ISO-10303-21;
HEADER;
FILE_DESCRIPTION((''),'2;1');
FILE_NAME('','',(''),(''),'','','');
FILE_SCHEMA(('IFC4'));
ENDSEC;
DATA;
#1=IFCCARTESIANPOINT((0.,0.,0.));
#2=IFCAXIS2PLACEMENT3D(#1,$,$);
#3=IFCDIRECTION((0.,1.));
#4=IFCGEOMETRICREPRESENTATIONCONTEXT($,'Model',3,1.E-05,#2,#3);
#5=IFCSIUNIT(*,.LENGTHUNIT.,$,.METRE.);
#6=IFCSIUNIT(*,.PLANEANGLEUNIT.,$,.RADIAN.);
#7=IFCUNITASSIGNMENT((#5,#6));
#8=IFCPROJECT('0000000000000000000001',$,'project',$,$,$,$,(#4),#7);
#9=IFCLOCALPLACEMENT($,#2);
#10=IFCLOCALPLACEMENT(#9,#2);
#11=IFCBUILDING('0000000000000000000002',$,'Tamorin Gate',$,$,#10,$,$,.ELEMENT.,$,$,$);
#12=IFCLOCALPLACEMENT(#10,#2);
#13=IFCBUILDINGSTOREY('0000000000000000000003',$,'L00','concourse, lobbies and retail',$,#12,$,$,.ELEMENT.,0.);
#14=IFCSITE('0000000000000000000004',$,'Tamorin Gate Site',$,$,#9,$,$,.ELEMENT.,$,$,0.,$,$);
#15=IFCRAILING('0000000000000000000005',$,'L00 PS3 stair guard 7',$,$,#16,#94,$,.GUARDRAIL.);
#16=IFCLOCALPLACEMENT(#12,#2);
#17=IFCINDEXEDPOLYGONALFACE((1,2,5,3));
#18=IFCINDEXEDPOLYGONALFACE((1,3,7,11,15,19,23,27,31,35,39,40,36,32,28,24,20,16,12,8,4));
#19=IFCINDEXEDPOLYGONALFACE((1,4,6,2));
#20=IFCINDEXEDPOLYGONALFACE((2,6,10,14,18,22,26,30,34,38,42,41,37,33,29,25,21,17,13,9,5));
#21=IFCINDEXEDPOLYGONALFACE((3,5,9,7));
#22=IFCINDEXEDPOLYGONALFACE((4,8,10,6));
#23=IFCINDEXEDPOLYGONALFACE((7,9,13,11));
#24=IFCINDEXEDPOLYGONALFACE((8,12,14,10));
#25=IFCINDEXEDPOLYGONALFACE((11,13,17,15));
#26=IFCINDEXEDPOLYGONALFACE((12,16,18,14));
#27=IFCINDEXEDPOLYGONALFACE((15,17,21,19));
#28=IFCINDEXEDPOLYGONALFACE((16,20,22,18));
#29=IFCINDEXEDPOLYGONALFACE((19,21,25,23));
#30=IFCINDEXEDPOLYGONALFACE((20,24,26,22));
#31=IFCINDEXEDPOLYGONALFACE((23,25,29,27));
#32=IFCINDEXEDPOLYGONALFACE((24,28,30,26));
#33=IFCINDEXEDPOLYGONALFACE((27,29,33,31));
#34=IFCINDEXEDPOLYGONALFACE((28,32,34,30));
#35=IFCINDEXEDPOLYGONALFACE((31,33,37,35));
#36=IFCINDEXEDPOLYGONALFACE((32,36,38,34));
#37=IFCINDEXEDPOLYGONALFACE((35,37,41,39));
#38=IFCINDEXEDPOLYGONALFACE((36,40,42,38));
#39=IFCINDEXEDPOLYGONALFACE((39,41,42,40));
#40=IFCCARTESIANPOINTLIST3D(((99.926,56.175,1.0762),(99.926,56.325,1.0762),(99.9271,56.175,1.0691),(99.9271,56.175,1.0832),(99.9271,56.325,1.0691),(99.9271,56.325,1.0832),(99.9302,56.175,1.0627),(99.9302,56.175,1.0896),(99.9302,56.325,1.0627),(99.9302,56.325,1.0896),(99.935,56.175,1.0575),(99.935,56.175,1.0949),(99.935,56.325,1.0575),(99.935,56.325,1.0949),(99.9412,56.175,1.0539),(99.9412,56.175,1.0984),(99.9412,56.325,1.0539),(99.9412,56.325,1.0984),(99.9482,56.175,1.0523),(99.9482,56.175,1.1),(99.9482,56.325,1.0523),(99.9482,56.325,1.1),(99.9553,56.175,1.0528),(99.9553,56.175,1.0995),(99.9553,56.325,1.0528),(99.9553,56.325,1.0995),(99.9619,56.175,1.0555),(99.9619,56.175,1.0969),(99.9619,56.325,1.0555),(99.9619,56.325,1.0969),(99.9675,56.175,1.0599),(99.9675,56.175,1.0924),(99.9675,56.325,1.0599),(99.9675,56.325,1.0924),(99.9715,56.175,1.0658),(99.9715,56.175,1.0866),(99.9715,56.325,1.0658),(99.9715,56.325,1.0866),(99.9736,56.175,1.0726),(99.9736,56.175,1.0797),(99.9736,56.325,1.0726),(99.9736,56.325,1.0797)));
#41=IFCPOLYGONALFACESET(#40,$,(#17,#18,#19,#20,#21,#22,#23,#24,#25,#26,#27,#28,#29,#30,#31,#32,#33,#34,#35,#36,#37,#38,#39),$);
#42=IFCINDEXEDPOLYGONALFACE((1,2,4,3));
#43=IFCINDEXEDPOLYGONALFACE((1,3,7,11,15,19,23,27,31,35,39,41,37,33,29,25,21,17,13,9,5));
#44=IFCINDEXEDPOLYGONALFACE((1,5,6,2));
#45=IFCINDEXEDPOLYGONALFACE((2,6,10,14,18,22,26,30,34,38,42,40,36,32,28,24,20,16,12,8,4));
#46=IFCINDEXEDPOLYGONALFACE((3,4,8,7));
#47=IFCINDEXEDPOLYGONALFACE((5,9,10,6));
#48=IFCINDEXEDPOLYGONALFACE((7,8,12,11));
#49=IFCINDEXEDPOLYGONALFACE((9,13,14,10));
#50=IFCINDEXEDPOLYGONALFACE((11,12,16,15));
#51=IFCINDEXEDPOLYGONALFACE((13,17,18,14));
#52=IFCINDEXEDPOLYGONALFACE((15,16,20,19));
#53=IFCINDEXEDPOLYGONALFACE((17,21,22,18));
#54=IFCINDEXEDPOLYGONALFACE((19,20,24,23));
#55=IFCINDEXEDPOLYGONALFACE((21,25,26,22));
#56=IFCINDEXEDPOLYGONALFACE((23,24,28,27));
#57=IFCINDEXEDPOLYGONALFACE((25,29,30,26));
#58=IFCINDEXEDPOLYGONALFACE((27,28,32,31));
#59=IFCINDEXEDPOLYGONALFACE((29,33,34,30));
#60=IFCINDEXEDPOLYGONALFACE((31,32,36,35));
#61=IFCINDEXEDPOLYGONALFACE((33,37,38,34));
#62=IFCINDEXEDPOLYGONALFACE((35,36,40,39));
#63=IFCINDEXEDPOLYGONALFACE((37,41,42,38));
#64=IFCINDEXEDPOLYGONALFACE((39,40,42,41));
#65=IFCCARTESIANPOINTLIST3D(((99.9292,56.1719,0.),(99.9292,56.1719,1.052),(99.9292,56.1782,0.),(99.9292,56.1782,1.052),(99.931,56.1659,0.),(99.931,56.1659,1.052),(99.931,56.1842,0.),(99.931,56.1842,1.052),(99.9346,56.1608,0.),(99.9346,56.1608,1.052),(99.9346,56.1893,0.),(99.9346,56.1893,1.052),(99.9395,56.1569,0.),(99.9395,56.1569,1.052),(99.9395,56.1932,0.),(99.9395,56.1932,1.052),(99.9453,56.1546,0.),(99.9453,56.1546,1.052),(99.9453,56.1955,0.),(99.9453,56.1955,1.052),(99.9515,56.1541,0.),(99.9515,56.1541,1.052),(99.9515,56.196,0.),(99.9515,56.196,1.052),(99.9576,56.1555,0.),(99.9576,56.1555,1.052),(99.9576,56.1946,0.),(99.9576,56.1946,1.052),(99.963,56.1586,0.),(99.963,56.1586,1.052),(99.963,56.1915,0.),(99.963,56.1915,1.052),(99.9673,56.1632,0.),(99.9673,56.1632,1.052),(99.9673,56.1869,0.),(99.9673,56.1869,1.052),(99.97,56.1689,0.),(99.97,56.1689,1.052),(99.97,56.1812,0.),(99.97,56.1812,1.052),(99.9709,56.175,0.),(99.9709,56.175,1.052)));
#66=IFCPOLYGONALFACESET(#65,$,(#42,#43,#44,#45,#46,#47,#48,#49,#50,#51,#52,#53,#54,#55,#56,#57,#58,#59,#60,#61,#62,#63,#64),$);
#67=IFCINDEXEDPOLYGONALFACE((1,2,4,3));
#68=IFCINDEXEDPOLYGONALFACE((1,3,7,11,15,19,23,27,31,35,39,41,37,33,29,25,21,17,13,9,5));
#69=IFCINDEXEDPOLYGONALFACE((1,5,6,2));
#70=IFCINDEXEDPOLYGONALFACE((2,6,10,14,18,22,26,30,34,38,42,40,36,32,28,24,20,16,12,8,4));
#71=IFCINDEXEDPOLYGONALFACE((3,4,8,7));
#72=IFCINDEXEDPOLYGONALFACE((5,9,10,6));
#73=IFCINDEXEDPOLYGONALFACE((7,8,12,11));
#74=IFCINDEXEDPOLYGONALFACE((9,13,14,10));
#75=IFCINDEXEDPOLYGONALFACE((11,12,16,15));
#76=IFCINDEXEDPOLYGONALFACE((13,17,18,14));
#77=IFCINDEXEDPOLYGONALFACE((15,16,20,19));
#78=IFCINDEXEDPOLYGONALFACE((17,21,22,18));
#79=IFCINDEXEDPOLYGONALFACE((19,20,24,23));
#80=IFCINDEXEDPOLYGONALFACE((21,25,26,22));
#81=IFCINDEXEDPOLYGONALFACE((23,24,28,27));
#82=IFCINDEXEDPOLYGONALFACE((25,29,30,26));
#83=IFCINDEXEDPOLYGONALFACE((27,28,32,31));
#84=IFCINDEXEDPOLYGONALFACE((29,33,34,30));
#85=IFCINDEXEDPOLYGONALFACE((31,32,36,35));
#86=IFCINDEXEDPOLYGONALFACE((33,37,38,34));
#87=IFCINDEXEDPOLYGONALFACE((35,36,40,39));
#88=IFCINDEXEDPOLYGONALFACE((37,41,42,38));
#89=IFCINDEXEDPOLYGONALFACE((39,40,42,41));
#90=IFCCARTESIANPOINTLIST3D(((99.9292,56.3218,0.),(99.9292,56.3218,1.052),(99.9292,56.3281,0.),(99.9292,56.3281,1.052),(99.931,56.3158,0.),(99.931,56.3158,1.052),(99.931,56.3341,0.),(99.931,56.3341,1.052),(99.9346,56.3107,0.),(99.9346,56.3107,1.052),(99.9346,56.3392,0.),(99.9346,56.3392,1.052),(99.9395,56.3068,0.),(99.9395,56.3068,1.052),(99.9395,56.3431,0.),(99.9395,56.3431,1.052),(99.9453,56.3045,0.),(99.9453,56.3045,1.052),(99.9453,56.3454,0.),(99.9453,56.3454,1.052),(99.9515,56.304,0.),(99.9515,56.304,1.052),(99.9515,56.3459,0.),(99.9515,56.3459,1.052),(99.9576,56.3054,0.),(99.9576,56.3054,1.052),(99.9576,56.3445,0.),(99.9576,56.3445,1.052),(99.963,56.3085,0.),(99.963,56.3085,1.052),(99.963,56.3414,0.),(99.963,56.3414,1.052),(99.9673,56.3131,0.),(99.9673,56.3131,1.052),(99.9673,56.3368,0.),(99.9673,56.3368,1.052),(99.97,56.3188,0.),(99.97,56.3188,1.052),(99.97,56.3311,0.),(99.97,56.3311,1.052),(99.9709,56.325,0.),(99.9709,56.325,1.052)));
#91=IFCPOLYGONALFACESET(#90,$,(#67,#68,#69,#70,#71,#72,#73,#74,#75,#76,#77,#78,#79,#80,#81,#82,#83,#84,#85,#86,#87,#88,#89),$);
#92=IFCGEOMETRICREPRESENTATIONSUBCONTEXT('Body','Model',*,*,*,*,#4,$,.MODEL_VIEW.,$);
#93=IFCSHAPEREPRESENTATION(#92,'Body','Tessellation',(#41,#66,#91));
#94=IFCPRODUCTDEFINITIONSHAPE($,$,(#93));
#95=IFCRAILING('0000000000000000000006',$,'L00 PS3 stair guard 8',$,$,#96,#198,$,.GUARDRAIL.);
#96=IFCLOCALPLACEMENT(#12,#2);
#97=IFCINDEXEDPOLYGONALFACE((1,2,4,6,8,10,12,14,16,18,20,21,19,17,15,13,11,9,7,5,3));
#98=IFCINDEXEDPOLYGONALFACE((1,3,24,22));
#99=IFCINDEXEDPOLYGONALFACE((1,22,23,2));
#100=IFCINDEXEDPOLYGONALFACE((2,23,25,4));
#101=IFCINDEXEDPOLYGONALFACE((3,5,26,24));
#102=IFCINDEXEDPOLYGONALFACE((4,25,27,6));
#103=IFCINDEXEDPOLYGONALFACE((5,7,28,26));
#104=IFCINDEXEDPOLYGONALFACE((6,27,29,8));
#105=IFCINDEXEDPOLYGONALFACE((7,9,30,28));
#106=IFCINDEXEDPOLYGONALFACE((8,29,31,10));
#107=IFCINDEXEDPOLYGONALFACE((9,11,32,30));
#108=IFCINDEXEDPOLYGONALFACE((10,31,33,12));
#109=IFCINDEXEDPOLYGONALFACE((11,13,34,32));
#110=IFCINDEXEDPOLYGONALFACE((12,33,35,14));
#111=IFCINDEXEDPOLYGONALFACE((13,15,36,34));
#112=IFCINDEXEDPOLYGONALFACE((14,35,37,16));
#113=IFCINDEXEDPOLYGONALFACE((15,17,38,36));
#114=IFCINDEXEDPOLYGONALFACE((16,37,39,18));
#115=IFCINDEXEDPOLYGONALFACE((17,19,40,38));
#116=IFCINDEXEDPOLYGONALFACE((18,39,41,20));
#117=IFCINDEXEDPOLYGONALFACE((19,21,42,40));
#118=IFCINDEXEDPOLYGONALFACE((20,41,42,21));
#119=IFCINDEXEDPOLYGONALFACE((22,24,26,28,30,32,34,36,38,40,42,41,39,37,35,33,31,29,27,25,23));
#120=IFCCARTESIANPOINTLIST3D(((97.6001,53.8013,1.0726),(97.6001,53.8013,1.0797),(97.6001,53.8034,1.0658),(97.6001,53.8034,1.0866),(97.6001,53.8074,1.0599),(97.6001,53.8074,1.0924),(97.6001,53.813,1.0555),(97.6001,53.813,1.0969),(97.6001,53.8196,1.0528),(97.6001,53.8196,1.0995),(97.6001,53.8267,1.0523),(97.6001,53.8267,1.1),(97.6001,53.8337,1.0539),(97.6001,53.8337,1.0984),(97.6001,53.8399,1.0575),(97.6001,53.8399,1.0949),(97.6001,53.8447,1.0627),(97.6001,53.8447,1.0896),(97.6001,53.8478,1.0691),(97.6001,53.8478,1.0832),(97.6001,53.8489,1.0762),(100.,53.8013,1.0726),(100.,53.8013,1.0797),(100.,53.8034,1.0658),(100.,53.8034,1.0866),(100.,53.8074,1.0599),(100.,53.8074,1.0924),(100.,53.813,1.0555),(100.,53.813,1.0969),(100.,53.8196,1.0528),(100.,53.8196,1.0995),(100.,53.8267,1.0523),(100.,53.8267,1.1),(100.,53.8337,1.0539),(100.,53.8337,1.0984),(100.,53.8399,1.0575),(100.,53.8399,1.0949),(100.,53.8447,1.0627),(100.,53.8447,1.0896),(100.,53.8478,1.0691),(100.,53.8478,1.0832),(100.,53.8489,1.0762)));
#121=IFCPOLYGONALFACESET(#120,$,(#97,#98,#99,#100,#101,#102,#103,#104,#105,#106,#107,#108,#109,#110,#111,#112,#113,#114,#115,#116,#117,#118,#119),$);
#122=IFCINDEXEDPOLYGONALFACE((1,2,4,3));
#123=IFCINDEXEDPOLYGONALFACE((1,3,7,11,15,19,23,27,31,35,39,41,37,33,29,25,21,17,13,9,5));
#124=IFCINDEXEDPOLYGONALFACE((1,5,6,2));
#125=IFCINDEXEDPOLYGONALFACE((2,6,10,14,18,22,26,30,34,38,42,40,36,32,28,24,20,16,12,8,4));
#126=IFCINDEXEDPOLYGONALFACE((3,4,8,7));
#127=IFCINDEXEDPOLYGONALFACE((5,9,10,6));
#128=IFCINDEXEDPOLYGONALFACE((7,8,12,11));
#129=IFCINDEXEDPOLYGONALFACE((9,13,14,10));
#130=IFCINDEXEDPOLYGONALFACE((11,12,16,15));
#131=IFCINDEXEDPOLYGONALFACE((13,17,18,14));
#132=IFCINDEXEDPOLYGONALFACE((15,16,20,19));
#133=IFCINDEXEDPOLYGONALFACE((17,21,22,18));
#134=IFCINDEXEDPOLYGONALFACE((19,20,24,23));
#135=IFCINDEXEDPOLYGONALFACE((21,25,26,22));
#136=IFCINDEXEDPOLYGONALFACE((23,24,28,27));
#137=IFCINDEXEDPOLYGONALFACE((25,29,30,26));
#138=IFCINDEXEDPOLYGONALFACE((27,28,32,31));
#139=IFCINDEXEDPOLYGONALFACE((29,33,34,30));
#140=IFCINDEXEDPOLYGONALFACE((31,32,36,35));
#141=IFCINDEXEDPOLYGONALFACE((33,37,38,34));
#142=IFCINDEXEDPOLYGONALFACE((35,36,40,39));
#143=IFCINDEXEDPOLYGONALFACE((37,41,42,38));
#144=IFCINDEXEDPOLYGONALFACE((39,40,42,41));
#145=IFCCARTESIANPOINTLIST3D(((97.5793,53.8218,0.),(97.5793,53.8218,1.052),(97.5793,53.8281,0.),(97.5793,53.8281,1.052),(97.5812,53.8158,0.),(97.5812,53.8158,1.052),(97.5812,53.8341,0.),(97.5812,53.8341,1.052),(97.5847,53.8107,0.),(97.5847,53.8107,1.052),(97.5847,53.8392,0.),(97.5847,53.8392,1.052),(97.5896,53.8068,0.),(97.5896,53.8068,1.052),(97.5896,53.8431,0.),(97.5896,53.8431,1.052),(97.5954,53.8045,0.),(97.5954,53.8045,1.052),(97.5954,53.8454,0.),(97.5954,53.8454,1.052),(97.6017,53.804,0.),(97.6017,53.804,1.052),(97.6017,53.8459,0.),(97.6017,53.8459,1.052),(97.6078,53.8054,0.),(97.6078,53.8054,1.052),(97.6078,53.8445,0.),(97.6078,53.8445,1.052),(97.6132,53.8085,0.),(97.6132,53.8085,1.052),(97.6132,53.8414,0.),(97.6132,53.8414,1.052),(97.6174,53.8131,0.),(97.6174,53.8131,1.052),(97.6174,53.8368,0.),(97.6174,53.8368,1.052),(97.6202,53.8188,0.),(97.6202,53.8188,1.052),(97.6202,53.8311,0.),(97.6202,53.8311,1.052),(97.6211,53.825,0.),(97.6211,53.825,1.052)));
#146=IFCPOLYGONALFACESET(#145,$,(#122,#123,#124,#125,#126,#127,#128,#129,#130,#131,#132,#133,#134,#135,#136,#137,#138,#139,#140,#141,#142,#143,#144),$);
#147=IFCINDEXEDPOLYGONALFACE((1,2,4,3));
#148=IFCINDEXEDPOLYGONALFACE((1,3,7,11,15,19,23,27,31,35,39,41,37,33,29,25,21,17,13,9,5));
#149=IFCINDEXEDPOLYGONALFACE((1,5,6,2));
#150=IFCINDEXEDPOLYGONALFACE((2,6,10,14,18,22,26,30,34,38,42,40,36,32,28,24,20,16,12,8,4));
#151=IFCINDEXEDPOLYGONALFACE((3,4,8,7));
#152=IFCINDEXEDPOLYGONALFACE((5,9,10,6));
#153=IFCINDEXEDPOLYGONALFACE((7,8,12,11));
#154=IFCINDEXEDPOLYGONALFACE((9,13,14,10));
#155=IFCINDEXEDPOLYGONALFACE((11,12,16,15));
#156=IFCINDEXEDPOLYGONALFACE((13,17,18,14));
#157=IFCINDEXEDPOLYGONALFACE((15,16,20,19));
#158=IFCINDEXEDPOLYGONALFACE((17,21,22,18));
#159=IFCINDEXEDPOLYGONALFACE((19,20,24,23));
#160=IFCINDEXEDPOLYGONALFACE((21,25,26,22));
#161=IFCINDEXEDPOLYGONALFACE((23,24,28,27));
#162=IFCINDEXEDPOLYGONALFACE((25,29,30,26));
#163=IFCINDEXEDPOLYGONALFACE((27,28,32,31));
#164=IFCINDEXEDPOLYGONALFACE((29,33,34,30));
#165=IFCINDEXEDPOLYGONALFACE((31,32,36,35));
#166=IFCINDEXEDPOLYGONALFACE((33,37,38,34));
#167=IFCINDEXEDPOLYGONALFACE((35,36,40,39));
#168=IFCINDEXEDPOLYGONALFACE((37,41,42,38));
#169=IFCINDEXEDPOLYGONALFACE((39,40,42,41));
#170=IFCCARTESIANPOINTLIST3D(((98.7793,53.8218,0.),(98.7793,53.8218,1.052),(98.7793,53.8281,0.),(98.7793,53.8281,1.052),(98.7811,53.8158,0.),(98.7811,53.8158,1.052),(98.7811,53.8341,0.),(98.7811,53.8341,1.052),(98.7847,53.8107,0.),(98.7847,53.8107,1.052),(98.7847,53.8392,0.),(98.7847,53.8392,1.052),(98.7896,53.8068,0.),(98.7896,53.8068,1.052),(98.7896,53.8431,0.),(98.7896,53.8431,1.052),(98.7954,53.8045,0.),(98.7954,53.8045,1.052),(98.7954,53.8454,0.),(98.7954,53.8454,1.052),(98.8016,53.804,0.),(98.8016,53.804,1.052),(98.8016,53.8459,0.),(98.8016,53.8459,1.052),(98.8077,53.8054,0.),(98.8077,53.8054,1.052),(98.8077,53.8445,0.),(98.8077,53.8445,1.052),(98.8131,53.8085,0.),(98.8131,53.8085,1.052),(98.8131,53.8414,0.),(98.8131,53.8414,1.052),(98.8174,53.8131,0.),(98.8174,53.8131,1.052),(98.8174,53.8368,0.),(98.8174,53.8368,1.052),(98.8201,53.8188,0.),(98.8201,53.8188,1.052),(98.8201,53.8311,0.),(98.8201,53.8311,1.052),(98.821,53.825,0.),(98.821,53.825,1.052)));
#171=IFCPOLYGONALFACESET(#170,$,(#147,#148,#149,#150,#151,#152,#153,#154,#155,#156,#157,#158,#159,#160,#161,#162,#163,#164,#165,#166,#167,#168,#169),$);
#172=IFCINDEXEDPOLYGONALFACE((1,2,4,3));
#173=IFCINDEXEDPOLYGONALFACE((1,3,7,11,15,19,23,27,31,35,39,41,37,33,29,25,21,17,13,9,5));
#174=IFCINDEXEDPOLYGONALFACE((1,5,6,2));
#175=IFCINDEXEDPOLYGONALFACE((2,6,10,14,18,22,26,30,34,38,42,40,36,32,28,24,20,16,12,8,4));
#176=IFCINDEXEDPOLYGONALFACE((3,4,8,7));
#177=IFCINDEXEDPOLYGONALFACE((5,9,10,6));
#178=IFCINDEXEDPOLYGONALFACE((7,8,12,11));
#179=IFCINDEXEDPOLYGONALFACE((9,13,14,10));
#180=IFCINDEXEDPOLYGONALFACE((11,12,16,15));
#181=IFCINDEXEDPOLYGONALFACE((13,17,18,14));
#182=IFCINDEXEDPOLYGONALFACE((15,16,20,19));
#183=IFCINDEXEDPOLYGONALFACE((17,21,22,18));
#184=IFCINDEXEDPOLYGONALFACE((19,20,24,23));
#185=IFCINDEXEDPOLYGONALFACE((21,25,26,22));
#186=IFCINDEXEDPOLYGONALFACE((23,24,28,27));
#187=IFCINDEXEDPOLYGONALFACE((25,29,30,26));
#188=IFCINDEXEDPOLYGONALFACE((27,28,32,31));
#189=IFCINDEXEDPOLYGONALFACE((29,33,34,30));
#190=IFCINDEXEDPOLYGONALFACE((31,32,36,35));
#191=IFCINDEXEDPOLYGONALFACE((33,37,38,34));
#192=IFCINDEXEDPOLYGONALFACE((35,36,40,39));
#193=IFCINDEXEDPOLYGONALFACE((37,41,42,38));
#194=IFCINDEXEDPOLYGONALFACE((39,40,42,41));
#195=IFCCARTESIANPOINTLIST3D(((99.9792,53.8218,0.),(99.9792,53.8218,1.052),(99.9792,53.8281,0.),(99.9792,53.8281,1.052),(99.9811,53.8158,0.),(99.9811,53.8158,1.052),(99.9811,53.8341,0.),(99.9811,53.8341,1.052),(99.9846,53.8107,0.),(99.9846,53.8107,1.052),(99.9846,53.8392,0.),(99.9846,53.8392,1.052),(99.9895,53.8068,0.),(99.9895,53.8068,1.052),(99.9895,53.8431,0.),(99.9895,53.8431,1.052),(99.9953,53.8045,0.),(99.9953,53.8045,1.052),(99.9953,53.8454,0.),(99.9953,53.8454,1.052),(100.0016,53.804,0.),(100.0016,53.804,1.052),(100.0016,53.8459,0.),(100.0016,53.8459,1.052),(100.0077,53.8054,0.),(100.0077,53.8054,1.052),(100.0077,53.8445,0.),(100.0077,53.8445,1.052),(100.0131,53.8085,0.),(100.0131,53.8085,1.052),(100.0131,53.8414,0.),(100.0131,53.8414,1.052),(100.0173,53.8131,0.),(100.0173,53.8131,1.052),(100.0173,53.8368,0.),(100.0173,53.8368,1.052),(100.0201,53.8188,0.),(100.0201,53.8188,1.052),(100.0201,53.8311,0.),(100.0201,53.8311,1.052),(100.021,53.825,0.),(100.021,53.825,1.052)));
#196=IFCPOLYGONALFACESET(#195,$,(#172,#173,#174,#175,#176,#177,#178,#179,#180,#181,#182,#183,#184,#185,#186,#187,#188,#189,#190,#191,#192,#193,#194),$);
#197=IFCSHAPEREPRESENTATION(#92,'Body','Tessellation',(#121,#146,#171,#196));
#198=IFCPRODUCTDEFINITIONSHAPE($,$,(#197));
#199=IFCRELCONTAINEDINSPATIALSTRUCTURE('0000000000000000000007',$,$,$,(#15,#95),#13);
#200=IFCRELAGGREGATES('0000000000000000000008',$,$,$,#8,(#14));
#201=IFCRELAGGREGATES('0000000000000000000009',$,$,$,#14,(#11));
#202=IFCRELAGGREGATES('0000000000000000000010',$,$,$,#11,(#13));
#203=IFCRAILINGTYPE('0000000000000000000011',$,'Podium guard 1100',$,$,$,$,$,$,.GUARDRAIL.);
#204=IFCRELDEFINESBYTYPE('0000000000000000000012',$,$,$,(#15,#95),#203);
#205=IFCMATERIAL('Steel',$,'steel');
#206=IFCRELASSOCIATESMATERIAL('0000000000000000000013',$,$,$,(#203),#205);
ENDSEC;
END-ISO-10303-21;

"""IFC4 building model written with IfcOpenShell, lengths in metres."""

from ifc_helpers import new_model, si_unit, direction, frame, origin, origin_2d, place, context, subcontext, project, spatial, circle, extrude, material, type_object, element, save


model = new_model("IFC4")

# Units and contexts
model_context = context("Model", 3, precision=1e-05, world=origin(), true_north=direction((0.0, 1.0)))
body_context = subcontext(model_context, "Body", "Model", "MODEL_VIEW")
ifc_project = project(units=[si_unit("LENGTHUNIT", "METRE"), si_unit("PLANEANGLEUNIT", "RADIAN")], contexts=[model_context])

# Site, building, storey
site_placement = place(None, origin())
site = spatial("IfcSite", under=ifc_project, at=site_placement, Name="Tamorin Gate Site", CompositionType="ELEMENT", RefElevation=0.0)
building_placement = place(site_placement, origin())
building = spatial("IfcBuilding", under=site, at=building_placement, Name="Tamorin Gate", CompositionType="ELEMENT")
storey_placement = place(building_placement, origin())
storey = spatial("IfcBuildingStorey", under=building, at=storey_placement, Name="L00", Description="concourse, lobbies and retail", CompositionType="ELEMENT", Elevation=0.0)

# Railings
ifc_material_1 = material(Name="Steel", Category="steel")
railing_type_1 = type_object("IfcRailingType", Name="Podium guard 1100", PredefinedType="GUARDRAIL", material=ifc_material_1)
railing_1_placement = place(storey_placement, frame((99.95, 56.175, 0.0)))
element("IfcRailing", 1, at=railing_1_placement, inside=storey, type_object=railing_type_1, Name="L00 PS3 stair guard 7", PredefinedType="GUARDRAIL", context=body_context, shape_type="SweptSolid", body=[
    extrude(circle(Radius=0.0239, at=origin_2d()), frame((0.0, 0.0, 1.0762), z_axis=(0.0, 1.0, 0.0), x_axis=(-1.0, 0.0, 0.0)), (0.0, 0.0, 1.0), 0.1499),
    extrude(circle(Radius=0.021, at=origin_2d()), origin(), (0.0, 0.0, 1.0), 1.052),
    extrude(circle(Radius=0.021, at=origin_2d()), frame((0.0, 0.1499, 0.0)), (0.0, 0.0, 1.0), 1.052),
])
for number, where, name in (
    (2, (97.6001, 53.825, 0.0), "L00 PS3 stair guard 8"),
):
    element("IfcRailing", number, at=place(storey_placement, frame(where)), inside=storey, type_object=railing_type_1, Name=name, PredefinedType="GUARDRAIL", context=body_context, shape_type="SweptSolid", body=[
        extrude(circle(Radius=0.0239, at=origin_2d()), frame((0.0, 0.0, 1.0762), z_axis=(1.0, 0.0, 0.0), x_axis=(0.0, 1.0, 0.0)), (0.0, 0.0, 1.0), 2.3999),
        extrude(circle(Radius=0.021, at=origin_2d()), origin(), (0.0, 0.0, 1.0), 1.052),
        extrude(circle(Radius=0.021, at=origin_2d()), frame((1.2, 0.0, 0.0)), (0.0, 0.0, 1.0), 1.052),
        extrude(circle(Radius=0.021, at=origin_2d()), frame((2.3999, 0.0, 0.0)), (0.0, 0.0, 1.0), 1.052),
    ])

save(model, "model.ifc")
